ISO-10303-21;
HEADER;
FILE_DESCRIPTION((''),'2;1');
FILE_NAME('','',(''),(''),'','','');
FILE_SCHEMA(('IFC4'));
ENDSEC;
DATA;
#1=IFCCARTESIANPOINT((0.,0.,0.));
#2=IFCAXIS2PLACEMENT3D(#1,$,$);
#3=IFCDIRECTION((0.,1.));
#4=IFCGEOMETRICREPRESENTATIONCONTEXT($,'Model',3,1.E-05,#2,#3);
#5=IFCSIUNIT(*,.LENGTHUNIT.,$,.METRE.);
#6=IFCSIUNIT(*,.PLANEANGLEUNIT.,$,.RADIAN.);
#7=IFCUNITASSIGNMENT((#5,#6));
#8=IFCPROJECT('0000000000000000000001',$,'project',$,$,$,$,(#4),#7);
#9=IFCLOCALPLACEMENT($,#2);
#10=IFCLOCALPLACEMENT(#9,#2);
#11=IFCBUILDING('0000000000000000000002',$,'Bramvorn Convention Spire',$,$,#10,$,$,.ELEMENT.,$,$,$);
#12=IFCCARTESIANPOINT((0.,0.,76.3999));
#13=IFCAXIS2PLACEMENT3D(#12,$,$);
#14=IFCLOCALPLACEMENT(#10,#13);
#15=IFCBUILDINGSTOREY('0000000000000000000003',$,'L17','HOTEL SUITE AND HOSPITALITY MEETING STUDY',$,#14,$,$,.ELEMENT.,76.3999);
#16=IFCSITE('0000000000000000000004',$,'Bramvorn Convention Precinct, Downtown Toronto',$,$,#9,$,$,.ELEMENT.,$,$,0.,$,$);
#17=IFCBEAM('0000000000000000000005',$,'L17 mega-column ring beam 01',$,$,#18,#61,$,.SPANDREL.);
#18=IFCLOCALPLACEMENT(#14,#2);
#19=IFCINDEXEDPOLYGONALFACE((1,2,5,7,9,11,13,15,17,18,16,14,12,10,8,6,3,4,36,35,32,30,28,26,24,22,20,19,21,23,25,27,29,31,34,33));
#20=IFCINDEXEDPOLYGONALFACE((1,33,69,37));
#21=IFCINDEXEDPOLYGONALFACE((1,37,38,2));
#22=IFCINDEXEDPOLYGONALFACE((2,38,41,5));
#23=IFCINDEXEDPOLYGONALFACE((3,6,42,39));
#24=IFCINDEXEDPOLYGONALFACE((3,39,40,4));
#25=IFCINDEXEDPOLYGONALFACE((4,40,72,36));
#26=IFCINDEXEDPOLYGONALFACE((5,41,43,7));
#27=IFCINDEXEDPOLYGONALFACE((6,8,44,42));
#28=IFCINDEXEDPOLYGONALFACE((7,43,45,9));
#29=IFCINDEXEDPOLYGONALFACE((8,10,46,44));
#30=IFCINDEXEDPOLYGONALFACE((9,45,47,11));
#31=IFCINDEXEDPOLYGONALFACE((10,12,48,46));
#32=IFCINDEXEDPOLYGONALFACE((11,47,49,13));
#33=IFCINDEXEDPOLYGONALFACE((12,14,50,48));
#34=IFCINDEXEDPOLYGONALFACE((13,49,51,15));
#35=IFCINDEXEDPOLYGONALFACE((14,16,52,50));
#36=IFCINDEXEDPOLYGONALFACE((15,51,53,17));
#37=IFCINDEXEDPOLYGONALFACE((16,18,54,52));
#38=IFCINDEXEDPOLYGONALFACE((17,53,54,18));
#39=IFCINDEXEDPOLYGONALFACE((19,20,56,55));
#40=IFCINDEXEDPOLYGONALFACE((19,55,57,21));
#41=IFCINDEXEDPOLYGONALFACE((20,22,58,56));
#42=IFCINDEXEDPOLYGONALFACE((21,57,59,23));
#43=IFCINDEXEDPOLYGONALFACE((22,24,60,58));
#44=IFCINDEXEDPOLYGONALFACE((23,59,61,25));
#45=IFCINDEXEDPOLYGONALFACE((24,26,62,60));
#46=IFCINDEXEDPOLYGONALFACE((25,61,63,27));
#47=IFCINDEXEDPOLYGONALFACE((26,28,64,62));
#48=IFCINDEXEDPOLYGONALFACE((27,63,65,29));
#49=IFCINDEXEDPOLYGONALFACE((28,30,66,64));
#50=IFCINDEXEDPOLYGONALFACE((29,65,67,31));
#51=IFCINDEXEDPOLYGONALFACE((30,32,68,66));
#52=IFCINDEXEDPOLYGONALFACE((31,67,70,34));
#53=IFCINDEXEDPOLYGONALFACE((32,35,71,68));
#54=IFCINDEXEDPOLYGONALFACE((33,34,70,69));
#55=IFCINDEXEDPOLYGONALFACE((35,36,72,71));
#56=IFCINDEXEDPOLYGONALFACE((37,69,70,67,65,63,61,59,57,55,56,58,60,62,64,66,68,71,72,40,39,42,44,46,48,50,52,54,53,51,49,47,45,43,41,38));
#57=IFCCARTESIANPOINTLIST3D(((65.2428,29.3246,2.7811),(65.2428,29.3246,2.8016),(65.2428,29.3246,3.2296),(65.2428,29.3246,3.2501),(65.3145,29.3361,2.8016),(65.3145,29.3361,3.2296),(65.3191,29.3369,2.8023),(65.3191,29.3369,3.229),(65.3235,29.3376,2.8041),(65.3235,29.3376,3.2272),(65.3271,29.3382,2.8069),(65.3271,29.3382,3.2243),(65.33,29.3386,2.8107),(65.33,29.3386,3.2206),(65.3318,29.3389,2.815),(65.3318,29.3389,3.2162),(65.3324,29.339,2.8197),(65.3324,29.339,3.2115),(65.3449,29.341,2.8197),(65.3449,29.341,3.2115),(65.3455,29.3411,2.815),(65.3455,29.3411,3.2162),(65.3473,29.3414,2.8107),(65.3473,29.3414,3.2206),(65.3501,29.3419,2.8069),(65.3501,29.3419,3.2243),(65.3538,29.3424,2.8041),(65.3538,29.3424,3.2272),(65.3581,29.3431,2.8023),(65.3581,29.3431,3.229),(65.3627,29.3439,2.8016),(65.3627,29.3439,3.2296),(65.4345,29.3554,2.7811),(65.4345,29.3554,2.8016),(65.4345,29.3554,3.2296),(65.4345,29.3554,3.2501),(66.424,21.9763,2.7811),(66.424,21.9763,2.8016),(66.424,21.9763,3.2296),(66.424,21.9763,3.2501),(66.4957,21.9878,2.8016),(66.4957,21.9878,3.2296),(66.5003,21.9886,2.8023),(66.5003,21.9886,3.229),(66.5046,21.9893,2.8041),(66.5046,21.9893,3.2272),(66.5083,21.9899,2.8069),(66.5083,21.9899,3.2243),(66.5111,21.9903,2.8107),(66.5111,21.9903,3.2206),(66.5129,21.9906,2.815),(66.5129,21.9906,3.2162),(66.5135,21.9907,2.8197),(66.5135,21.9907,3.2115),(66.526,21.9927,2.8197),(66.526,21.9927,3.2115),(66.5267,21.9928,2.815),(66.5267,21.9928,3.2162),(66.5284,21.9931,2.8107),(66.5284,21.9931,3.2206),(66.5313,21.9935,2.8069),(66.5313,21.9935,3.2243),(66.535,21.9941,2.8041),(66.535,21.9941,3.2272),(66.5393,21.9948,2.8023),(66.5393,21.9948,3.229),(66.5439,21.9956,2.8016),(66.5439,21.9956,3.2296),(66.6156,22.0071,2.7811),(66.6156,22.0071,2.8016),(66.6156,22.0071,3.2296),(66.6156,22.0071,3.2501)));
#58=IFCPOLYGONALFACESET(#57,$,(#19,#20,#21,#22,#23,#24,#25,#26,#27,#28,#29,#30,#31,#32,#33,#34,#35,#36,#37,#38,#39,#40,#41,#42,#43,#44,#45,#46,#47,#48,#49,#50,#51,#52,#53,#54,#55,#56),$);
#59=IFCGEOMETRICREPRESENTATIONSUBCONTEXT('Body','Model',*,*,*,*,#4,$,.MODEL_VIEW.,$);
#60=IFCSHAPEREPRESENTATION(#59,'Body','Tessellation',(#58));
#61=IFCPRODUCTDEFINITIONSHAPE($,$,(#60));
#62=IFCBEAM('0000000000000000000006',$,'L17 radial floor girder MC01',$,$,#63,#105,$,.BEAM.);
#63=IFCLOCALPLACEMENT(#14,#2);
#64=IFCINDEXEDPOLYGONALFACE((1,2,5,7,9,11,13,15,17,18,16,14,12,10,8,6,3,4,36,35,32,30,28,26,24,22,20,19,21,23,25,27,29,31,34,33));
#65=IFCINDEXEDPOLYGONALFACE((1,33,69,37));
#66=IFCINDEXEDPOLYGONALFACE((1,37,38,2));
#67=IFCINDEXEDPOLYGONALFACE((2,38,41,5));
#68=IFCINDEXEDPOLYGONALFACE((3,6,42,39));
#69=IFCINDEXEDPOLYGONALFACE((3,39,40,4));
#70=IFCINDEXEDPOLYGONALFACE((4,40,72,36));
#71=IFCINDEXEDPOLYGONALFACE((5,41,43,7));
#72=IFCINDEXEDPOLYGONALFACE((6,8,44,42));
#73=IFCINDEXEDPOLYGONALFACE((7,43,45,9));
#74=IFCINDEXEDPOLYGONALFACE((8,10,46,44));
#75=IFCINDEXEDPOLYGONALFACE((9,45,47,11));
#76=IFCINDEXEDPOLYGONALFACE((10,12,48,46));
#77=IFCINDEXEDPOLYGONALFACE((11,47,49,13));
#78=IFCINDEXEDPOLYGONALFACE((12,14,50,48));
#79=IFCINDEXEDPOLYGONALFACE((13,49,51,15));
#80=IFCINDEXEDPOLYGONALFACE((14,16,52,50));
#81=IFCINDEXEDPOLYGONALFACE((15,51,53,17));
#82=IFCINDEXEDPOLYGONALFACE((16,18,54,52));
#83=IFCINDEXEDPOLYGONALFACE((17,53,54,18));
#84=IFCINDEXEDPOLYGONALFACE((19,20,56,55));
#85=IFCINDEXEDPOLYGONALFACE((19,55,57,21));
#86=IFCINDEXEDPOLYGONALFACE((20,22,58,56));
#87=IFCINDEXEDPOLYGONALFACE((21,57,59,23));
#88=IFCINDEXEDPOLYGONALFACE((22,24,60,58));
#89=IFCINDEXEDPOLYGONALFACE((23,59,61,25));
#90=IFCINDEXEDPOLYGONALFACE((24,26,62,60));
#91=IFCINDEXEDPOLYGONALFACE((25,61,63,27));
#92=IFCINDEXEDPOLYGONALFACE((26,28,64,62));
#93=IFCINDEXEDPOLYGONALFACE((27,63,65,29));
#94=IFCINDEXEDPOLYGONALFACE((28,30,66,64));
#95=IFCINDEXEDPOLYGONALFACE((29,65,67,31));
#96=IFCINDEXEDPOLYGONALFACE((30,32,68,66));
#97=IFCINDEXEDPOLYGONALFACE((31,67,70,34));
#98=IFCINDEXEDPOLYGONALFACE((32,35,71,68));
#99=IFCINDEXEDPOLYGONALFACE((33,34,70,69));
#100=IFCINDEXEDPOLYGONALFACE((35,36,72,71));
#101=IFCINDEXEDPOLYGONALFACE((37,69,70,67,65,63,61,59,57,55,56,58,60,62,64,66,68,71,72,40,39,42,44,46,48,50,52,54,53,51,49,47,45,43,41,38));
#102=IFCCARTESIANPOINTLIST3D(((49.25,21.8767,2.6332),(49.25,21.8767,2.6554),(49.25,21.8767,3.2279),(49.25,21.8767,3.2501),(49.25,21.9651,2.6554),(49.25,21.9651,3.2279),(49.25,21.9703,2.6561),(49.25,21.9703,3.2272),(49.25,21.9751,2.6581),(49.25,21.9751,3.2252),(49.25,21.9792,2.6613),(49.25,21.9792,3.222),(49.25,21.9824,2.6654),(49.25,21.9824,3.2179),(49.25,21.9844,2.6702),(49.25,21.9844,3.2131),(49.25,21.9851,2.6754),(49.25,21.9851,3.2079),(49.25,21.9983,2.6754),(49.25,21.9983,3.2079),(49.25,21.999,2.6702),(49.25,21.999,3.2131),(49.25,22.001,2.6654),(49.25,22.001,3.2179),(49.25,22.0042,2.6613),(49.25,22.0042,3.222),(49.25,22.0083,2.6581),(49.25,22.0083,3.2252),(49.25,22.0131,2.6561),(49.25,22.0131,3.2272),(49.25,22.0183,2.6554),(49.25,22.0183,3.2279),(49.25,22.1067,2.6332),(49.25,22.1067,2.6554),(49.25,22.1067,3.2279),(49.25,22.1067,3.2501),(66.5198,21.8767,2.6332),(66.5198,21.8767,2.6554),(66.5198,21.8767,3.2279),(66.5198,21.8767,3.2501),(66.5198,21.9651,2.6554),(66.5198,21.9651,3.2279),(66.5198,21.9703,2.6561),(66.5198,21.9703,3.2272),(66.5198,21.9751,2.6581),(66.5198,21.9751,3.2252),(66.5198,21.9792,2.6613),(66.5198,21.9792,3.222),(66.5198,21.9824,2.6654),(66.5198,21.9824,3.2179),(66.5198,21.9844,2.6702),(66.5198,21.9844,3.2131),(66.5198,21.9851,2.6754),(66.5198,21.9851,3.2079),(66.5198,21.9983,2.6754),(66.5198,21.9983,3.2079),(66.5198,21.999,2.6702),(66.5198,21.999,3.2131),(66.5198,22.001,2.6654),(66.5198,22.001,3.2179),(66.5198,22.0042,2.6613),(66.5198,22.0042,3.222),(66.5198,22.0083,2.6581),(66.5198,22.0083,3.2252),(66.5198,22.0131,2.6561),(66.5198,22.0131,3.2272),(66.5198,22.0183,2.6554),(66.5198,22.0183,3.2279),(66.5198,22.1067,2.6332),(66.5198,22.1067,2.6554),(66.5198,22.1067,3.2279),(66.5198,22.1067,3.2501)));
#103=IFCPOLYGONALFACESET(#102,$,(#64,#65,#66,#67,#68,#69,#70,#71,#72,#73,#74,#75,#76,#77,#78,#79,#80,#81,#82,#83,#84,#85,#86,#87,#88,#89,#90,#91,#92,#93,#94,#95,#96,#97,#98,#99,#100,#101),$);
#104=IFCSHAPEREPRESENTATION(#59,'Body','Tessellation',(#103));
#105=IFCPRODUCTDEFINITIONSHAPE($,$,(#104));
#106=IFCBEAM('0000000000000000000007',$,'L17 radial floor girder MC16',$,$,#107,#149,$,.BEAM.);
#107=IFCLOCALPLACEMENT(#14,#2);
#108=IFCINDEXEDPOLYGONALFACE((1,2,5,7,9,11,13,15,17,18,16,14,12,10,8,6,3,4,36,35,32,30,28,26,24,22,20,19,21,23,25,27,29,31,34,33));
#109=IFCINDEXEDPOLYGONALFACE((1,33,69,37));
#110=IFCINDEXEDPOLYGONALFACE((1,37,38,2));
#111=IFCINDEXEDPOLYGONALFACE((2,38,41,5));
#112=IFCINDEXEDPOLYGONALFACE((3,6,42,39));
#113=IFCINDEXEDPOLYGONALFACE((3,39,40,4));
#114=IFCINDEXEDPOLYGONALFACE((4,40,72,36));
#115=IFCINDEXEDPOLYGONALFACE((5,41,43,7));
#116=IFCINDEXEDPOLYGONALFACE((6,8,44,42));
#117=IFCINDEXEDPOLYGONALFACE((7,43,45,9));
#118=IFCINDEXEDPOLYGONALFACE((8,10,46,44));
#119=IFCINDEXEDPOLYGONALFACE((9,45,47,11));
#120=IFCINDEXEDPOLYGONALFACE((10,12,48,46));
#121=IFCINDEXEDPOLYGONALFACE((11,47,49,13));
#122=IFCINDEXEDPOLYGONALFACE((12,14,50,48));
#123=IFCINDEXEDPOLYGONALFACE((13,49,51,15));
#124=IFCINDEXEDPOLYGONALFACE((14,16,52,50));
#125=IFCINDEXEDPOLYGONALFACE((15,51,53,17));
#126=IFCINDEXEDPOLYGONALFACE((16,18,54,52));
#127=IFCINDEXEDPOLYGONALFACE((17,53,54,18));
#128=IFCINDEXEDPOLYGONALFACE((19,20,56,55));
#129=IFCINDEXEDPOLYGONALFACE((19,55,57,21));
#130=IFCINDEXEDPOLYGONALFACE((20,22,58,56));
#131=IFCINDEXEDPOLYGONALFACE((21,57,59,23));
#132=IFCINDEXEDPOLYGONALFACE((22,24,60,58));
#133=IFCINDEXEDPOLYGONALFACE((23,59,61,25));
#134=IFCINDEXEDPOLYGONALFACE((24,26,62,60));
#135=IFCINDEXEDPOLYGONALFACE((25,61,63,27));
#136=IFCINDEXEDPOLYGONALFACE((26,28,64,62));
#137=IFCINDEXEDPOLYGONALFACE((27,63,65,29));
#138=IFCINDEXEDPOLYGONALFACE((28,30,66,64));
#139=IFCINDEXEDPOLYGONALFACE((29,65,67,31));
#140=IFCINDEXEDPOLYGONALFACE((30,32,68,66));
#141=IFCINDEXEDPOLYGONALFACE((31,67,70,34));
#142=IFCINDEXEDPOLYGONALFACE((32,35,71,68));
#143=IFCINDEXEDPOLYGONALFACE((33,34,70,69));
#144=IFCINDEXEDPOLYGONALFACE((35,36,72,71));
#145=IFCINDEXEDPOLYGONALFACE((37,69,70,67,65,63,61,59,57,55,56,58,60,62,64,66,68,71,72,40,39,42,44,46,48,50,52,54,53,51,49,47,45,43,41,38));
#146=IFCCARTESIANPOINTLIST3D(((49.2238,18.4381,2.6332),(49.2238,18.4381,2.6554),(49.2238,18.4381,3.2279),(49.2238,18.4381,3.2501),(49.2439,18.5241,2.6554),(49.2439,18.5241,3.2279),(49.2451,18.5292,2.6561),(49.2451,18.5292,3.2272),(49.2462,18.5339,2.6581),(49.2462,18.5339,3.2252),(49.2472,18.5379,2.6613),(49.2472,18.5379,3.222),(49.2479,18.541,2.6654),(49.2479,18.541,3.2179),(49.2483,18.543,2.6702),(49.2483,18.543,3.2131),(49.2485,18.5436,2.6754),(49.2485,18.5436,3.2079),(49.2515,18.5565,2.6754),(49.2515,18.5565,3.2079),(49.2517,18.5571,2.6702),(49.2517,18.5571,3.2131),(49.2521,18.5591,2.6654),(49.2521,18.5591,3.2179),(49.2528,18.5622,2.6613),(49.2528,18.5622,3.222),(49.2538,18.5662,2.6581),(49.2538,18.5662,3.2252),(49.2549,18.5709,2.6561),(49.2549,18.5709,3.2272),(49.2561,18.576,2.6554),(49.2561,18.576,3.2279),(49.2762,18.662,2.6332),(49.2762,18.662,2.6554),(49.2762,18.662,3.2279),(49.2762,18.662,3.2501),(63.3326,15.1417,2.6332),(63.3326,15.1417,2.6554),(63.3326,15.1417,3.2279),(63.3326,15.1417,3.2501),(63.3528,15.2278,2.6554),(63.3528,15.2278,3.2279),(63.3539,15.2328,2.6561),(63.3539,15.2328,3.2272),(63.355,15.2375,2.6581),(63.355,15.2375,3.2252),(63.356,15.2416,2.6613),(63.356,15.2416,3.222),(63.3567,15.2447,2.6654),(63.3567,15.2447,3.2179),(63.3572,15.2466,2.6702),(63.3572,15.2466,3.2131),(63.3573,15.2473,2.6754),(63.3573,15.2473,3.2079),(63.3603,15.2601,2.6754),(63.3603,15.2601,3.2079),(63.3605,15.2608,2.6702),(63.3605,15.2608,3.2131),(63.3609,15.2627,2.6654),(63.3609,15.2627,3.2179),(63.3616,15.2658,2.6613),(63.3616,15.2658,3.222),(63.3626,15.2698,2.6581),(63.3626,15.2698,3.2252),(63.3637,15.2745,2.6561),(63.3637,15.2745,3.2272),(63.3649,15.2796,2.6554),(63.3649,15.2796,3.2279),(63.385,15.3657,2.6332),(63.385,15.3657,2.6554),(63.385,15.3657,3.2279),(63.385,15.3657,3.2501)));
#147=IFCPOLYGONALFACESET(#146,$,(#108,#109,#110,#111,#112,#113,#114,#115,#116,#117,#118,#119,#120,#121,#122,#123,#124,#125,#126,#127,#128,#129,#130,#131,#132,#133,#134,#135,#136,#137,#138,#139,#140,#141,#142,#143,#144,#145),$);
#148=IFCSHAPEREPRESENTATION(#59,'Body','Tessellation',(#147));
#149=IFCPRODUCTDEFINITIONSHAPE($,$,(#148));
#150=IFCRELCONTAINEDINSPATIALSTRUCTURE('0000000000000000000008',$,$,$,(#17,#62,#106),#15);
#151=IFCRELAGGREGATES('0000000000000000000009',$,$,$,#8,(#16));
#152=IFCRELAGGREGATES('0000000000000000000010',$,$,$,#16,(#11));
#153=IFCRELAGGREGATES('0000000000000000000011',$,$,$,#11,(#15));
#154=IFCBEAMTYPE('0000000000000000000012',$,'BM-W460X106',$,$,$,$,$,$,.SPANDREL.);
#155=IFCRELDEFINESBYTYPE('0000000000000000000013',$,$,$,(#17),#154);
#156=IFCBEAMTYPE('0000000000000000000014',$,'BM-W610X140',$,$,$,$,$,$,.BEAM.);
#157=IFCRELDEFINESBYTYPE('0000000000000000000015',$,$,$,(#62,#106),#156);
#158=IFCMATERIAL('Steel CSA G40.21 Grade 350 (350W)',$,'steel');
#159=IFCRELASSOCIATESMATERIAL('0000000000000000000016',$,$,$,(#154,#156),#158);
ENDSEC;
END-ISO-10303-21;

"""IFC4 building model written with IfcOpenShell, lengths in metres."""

from ifc_helpers import new_model, si_unit, direction, frame, origin, origin_2d, place, context, subcontext, project, spatial, i_section, extrude, material, material_profile, profile_set, type_object, element, save


model = new_model("IFC4")

# Units and contexts
model_context = context("Model", 3, precision=1e-05, world=origin(), true_north=direction((0.0, 1.0)))
body_context = subcontext(model_context, "Body", "Model", "MODEL_VIEW")
ifc_project = project(units=[si_unit("LENGTHUNIT", "METRE"), si_unit("PLANEANGLEUNIT", "RADIAN")], contexts=[model_context])

# Site, building, storey
site_placement = place(None, origin())
site = spatial("IfcSite", under=ifc_project, at=site_placement, Name="Bramvorn Convention Precinct, Downtown Toronto", CompositionType="ELEMENT", RefElevation=0.0)
building_placement = place(site_placement, origin())
building = spatial("IfcBuilding", under=site, at=building_placement, Name="Bramvorn Convention Spire", CompositionType="ELEMENT")
storey_placement = place(building_placement, frame((0.0, 0.0, 76.3999)))
storey = spatial("IfcBuildingStorey", under=building, at=storey_placement, Name="L17", Description="HOTEL SUITE AND HOSPITALITY MEETING STUDY", CompositionType="ELEMENT", Elevation=76.3999)

# Shared definitions
ifc_material_1 = material(Name="Steel CSA G40.21 Grade 350 (350W)", Category="steel")

# Beams
ifc_material_profile_1 = material_profile(ifc_material_1, i_section(OverallWidth=0.1941, OverallDepth=0.469, WebThickness=0.0127, FlangeThickness=0.0205, FilletRadius=0.0181, at=origin_2d()))
ifc_profile_set_1 = profile_set([ifc_material_profile_1], Name="Steel CSA G40.21 Grade 350 (350W) - W460X106")
beam_type_1 = type_object("IfcBeamType", Name="BM-W460X106", PredefinedType="SPANDREL", material=ifc_profile_set_1)
beam_1_placement = place(storey_placement, frame((66.5198, 21.9917, 3.0156), z_axis=(-0.158699, 0.987327, 0.0), x_axis=(-0.987327, -0.158699, 0.0)))
element("IfcBeam", 1, at=beam_1_placement, inside=storey, type_object=beam_type_1, Name="L17 mega-column ring beam 01", PredefinedType="SPANDREL", context=body_context, shape_type="SweptSolid", body=[
    extrude(i_section(OverallWidth=0.1941, OverallDepth=0.469, WebThickness=0.0127, FlangeThickness=0.0205, FilletRadius=0.0181, at=origin_2d()), origin(), (0.0, 0.0, 1.0), 7.4426),
])
ifc_material_profile_2 = material_profile(ifc_material_1, i_section(OverallWidth=0.23, OverallDepth=0.6169, WebThickness=0.0132, FlangeThickness=0.0222, FilletRadius=0.02, at=origin_2d()))
ifc_profile_set_2 = profile_set([ifc_material_profile_2], Name="Steel CSA G40.21 Grade 350 (350W) - W610X140")
beam_type_2 = type_object("IfcBeamType", Name="BM-W610X140", PredefinedType="BEAM", material=ifc_profile_set_2)
beam_2_placement = place(storey_placement, frame((49.25, 21.9917, 2.9417), z_axis=(1.0, 0.0, 0.0), x_axis=(0.0, 1.0, 0.0)))
element("IfcBeam", 2, at=beam_2_placement, inside=storey, type_object=beam_type_2, Name="L17 radial floor girder MC01", PredefinedType="BEAM", context=body_context, shape_type="SweptSolid", body=[
    extrude(i_section(OverallWidth=0.23, OverallDepth=0.6169, WebThickness=0.0132, FlangeThickness=0.0222, FilletRadius=0.02, at=origin_2d()), origin(), (0.0, 0.0, 1.0), 17.2698),
])
beam_3_placement = place(storey_placement, frame((49.25, 18.55, 2.9417), z_axis=(0.973775, -0.227512, 0.0), x_axis=(0.227512, 0.973775, 0.0)))
element("IfcBeam", 3, at=beam_3_placement, inside=storey, type_object=beam_type_2, Name="L17 radial floor girder MC16", PredefinedType="BEAM", context=body_context, shape_type="SweptSolid", body=[
    extrude(i_section(OverallWidth=0.23, OverallDepth=0.6169, WebThickness=0.0132, FlangeThickness=0.0222, FilletRadius=0.02, at=origin_2d()), origin(), (0.0, 0.0, 1.0), 14.4888),
])

save(model, "model.ifc")
